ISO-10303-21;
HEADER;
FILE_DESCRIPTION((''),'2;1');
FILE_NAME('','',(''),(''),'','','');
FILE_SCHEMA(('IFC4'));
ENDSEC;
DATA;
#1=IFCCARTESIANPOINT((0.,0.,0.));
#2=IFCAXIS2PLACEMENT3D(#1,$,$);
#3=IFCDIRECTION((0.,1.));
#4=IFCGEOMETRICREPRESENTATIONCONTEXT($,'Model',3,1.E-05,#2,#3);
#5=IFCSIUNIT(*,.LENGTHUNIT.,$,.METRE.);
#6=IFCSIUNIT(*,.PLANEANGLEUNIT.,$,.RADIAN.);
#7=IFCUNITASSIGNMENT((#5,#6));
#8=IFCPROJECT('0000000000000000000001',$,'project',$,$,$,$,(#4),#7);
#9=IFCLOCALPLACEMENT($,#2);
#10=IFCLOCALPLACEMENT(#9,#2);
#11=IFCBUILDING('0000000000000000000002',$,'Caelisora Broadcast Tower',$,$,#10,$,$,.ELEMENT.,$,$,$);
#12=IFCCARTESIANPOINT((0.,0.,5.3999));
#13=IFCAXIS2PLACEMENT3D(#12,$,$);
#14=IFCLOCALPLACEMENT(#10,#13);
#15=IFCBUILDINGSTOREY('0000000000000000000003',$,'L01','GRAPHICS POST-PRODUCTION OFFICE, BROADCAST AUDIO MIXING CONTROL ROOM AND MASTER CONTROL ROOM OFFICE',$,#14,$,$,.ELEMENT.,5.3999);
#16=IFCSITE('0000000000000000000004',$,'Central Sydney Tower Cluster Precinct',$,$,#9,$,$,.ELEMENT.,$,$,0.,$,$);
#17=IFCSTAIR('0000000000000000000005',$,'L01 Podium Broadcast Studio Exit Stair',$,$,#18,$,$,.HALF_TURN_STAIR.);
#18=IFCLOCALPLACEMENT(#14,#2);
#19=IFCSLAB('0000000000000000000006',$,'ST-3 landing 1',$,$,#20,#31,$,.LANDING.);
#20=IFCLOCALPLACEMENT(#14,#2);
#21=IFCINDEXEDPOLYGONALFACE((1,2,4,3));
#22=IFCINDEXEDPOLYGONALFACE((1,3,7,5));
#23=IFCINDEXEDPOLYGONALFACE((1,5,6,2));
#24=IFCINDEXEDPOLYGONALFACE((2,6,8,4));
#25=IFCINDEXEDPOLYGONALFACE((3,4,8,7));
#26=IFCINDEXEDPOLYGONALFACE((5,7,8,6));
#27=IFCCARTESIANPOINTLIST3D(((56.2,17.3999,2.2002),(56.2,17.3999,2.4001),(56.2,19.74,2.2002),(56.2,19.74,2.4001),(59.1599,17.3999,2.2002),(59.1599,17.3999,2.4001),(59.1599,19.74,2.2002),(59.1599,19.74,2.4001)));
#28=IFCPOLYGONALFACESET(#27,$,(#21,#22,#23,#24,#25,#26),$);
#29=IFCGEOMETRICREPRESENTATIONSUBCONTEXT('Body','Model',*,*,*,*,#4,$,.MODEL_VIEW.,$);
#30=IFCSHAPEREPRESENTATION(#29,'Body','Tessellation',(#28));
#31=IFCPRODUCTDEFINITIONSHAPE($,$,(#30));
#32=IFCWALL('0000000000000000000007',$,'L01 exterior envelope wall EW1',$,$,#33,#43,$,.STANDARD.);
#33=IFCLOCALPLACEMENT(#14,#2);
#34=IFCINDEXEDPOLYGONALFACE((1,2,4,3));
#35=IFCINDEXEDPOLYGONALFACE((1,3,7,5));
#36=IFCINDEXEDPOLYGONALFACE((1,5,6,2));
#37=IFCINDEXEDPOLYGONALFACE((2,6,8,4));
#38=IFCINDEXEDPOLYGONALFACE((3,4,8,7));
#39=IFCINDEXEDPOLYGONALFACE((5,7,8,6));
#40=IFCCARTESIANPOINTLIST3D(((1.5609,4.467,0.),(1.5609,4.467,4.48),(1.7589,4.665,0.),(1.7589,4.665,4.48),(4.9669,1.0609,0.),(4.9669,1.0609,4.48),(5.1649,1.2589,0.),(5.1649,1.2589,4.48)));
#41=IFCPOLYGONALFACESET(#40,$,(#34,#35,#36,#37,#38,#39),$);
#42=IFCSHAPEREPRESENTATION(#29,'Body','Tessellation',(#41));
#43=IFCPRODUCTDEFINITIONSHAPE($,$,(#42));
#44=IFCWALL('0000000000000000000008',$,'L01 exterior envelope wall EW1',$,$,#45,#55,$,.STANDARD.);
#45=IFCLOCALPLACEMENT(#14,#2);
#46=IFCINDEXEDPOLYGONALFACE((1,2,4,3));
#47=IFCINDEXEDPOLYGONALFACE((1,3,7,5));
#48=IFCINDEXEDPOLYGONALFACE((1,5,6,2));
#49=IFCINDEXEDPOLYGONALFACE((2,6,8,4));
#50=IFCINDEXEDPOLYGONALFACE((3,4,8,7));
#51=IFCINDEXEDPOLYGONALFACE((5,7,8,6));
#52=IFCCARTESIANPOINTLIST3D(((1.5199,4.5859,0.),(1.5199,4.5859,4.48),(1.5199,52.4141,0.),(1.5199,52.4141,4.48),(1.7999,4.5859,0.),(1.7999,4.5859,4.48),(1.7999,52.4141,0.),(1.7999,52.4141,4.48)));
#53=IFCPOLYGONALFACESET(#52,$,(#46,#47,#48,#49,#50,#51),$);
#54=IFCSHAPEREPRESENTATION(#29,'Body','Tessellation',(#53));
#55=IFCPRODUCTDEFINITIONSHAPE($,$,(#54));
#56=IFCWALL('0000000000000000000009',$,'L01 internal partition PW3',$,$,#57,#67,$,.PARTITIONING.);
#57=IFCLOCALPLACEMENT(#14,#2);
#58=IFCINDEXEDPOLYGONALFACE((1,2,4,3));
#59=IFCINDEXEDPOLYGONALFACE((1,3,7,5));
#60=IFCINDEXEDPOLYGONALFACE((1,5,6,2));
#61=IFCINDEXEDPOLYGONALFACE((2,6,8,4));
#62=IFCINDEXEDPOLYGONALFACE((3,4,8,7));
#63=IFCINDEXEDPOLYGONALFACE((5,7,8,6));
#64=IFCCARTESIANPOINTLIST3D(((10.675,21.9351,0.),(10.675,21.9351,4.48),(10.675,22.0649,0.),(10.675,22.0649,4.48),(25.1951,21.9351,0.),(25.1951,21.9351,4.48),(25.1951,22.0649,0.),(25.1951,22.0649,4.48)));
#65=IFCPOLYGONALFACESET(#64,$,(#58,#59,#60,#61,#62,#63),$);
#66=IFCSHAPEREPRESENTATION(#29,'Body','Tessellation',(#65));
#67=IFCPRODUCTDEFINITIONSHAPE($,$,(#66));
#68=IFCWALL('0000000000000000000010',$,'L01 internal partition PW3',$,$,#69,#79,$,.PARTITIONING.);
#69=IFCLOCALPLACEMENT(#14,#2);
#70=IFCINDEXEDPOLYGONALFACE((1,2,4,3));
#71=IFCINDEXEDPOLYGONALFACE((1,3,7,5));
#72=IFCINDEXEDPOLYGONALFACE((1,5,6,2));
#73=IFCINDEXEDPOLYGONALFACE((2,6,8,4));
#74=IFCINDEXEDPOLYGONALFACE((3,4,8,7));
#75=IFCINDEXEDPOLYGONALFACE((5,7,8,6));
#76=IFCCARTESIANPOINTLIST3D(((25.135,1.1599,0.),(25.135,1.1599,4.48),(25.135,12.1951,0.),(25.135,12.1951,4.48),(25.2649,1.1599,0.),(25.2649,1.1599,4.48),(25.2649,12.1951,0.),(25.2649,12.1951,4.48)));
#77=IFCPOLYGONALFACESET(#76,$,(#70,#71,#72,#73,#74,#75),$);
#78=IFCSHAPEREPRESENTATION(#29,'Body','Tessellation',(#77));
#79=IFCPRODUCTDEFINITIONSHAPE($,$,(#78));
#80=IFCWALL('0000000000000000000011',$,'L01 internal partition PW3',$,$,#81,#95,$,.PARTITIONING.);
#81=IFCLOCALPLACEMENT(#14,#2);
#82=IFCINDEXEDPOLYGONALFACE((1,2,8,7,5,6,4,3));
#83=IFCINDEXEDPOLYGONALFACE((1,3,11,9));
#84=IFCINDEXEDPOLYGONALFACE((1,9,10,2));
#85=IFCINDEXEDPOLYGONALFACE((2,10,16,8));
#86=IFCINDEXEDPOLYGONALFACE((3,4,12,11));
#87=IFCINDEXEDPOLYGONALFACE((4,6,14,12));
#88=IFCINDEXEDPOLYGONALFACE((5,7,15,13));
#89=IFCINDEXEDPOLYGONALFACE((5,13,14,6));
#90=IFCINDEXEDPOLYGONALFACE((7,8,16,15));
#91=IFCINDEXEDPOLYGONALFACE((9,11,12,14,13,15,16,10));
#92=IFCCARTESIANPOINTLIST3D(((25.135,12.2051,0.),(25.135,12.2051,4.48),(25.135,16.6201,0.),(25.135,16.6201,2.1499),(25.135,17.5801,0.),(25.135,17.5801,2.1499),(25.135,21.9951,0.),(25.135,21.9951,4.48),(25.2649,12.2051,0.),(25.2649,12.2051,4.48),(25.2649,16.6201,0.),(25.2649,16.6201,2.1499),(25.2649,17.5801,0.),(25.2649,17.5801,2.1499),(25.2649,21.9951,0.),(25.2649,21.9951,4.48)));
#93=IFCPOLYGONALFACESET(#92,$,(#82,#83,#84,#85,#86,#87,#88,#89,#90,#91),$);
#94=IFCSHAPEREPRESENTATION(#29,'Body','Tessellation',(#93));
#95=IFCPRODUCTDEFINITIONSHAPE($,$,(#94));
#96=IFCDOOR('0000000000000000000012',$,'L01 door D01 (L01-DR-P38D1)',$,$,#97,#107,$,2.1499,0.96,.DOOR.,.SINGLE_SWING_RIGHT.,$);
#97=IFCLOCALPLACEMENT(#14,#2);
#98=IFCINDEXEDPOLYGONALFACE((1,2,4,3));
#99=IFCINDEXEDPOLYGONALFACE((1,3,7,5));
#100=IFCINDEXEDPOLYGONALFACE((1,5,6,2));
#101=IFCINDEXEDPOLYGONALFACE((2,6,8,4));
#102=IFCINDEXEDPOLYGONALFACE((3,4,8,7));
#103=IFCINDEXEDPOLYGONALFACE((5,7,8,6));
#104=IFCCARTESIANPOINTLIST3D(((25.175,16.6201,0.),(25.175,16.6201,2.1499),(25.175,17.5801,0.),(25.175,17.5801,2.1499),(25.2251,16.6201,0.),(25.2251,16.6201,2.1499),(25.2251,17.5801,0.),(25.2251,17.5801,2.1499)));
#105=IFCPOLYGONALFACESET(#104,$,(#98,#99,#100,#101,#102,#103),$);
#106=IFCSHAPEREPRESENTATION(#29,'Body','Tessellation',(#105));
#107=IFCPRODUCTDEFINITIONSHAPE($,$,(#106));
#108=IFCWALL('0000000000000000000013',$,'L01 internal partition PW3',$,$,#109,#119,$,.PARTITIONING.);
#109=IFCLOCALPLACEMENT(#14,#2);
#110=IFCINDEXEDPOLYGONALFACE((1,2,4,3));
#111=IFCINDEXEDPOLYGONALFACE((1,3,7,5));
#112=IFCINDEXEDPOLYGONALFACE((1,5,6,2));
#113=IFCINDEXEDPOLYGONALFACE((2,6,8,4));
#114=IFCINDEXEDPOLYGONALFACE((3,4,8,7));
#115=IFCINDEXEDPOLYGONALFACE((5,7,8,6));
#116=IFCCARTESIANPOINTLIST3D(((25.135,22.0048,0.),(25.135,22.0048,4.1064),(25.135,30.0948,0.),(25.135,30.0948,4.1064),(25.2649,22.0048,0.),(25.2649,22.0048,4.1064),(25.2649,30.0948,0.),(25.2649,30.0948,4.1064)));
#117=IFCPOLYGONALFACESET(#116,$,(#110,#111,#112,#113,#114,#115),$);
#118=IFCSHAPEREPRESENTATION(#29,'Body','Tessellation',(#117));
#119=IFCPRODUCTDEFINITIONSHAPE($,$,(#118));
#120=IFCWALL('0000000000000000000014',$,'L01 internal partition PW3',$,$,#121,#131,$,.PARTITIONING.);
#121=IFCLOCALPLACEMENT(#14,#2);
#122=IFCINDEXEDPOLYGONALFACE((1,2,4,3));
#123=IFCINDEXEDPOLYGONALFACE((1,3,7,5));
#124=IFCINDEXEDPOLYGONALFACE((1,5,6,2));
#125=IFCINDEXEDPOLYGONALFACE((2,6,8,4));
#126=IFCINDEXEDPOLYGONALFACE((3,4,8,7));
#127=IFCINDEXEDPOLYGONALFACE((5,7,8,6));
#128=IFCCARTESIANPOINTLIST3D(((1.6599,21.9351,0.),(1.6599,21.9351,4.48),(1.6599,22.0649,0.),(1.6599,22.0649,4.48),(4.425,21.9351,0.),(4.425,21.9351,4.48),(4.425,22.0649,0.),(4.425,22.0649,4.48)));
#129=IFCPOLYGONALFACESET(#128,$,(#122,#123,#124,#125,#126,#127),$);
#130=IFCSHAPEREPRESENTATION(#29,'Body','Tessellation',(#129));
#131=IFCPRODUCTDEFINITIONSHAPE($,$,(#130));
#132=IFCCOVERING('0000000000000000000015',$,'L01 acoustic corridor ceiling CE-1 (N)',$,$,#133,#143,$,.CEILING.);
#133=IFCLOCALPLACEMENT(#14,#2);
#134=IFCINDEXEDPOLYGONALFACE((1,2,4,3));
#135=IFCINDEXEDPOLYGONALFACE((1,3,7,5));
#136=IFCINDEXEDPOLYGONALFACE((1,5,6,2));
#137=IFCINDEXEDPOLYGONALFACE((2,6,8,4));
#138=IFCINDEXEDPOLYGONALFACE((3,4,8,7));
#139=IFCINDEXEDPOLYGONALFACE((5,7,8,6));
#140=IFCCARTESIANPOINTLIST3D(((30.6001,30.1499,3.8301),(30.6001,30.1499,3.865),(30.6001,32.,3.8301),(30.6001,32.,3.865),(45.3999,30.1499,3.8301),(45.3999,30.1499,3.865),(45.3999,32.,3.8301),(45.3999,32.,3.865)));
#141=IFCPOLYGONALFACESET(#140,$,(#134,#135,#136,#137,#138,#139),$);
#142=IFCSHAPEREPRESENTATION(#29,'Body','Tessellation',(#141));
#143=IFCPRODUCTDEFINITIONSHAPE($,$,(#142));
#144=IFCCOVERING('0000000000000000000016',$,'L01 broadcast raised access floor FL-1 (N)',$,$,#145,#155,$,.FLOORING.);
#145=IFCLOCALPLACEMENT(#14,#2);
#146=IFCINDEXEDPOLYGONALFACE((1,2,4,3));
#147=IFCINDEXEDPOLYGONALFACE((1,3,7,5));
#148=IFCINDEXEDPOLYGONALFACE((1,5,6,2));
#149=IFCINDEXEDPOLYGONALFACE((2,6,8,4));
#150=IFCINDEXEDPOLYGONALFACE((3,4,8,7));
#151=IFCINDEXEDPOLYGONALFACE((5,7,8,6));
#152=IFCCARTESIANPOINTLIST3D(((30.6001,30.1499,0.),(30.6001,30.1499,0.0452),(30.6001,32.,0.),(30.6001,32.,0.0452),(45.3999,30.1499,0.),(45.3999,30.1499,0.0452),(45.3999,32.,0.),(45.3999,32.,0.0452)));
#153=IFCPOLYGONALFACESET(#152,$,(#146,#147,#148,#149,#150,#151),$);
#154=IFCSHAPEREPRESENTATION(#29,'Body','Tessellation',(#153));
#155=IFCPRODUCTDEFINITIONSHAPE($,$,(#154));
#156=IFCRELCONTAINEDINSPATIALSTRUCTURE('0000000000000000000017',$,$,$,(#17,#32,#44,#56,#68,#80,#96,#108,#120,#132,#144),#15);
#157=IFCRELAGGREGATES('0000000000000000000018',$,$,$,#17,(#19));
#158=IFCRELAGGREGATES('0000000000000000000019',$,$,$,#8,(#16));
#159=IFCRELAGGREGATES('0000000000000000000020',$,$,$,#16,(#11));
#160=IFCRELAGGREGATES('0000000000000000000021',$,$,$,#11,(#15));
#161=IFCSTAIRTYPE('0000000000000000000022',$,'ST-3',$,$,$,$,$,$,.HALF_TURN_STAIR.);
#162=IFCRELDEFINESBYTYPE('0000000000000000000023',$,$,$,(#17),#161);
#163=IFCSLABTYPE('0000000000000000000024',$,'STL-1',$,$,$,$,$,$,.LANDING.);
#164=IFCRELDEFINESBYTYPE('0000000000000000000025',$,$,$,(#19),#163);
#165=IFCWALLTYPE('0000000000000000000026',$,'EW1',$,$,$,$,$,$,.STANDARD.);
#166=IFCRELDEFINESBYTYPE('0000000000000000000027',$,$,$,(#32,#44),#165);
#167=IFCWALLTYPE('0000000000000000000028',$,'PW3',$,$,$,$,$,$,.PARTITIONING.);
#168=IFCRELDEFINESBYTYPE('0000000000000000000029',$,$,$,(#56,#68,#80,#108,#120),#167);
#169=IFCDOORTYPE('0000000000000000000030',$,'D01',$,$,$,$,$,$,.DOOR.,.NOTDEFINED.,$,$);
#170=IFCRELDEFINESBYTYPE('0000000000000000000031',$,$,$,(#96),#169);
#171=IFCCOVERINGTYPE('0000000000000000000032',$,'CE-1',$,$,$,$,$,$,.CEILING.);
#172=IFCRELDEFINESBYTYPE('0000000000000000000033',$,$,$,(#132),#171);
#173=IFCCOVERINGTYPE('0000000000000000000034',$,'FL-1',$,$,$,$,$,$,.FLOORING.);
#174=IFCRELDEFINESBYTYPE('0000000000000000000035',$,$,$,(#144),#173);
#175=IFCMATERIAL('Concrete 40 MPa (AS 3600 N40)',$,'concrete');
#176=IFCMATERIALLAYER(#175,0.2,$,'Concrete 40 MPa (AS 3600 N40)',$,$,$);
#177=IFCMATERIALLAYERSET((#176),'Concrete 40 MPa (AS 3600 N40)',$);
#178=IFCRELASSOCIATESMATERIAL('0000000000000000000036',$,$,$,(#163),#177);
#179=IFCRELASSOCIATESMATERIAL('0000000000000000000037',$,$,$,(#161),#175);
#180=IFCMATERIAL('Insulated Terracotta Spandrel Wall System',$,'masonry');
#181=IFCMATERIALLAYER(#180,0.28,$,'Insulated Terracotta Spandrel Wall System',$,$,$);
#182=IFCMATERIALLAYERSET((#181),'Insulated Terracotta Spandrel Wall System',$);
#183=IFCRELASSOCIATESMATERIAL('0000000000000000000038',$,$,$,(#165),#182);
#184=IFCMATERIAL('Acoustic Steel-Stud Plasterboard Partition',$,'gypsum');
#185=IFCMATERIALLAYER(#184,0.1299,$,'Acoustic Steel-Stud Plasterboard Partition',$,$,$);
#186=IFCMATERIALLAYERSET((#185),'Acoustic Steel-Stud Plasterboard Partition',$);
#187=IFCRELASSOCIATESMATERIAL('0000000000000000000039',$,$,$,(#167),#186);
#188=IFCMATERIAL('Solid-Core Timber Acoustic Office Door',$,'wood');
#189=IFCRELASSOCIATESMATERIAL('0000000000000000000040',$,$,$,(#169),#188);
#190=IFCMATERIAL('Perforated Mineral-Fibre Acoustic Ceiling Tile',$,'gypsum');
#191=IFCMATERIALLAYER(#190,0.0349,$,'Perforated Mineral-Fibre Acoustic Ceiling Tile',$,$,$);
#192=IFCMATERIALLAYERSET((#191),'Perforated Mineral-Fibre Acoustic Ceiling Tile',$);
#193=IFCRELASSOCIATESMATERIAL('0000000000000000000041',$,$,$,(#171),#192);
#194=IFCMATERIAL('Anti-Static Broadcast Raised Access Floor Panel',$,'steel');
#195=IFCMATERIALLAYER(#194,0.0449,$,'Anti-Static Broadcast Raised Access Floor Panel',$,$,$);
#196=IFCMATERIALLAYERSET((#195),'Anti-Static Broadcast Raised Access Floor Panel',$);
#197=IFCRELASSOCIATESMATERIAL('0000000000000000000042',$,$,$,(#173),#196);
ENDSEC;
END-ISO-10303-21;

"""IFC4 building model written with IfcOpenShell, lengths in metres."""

from ifc_helpers import new_model, si_unit, direction, frame, frame_2d, origin, place, context, subcontext, project, spatial, polyline, rectangle, outline, extrude, material, layer, layer_set, type_object, element, fill, aggregate, save


model = new_model("IFC4")

# Units and contexts
model_context = context("Model", 3, precision=1e-05, world=origin(), true_north=direction((0.0, 1.0)))
body_context = subcontext(model_context, "Body", "Model", "MODEL_VIEW")
ifc_project = project(units=[si_unit("LENGTHUNIT", "METRE"), si_unit("PLANEANGLEUNIT", "RADIAN")], contexts=[model_context])

# Site, building, storey
site_placement = place(None, origin())
site = spatial("IfcSite", under=ifc_project, at=site_placement, Name="Central Sydney Tower Cluster Precinct", CompositionType="ELEMENT", RefElevation=0.0)
building_placement = place(site_placement, origin())
building = spatial("IfcBuilding", under=site, at=building_placement, Name="Caelisora Broadcast Tower", CompositionType="ELEMENT")
storey_placement = place(building_placement, frame((0.0, 0.0, 5.3999)))
storey = spatial("IfcBuildingStorey", under=building, at=storey_placement, Name="L01", Description="GRAPHICS POST-PRODUCTION OFFICE, BROADCAST AUDIO MIXING CONTROL ROOM AND MASTER CONTROL ROOM OFFICE", CompositionType="ELEMENT", Elevation=5.3999)

# Shared definitions
ifc_material_1 = material(Name="Concrete 40 MPa (AS 3600 N40)", Category="concrete")

# Stair, slab
ifc_layer_1 = layer(ifc_material_1, 0.2, Name="Concrete 40 MPa (AS 3600 N40)")
ifc_layer_set_1 = layer_set([ifc_layer_1], Name="Concrete 40 MPa (AS 3600 N40)")
slab_type_1 = type_object("IfcSlabType", Name="STL-1", PredefinedType="LANDING", material=ifc_layer_set_1)
stair_type_1 = type_object("IfcStairType", Name="ST-3", PredefinedType="HALF_TURN_STAIR", material=ifc_material_1)
stair_1_placement = place(storey_placement, origin())
stair_1 = element("IfcStair", 1, at=stair_1_placement, inside=storey, type_object=stair_type_1, Name="L01 Podium Broadcast Studio Exit Stair", PredefinedType="HALF_TURN_STAIR")
slab_1_placement = place(storey_placement, frame((0.0, 0.0, 2.2002)))
slab_1 = element("IfcSlab", 2, at=slab_1_placement, type_object=slab_type_1, Name="ST-3 landing 1", PredefinedType="LANDING", context=body_context, shape_type="SweptSolid", body=[
    extrude(outline(polyline([(56.2, 19.74), (56.2, 17.3999), (59.1599, 17.3999), (59.1599, 19.74), (56.2, 19.74)])), origin(), (0.0, 0.0, 1.0), 0.2),
])
aggregate(stair_1, [slab_1])

# Walls
ifc_material_2 = material(Name="Insulated Terracotta Spandrel Wall System", Category="masonry")
ifc_layer_2 = layer(ifc_material_2, 0.28, Name="Insulated Terracotta Spandrel Wall System")
ifc_layer_set_2 = layer_set([ifc_layer_2], Name="Insulated Terracotta Spandrel Wall System")
wall_type_1 = type_object("IfcWallType", Name="EW1", PredefinedType="STANDARD", material=ifc_layer_set_2)
wall_1_placement = place(storey_placement, frame((5.0659, 1.1599, 0.0), z_axis=(0.0, 0.0, 1.0), x_axis=(-0.707107, 0.707107, 0.0)))
element("IfcWall", 3, at=wall_1_placement, inside=storey, type_object=wall_type_1, Name="L01 exterior envelope wall EW1", PredefinedType="STANDARD", context=body_context, shape_type="SweptSolid", body=[
    extrude(rectangle(XDim=4.8169, YDim=0.28, at=frame_2d((2.4084, 0.0))), origin(), (0.0, 0.0, 1.0), 4.48),
])
wall_2_placement = place(storey_placement, frame((1.6599, 4.5859, 0.0), z_axis=(0.0, 0.0, 1.0), x_axis=(0.0, 1.0, 0.0)))
element("IfcWall", 4, at=wall_2_placement, inside=storey, type_object=wall_type_1, Name="L01 exterior envelope wall EW1", PredefinedType="STANDARD", context=body_context, shape_type="SweptSolid", body=[
    extrude(rectangle(XDim=47.8281, YDim=0.28, at=frame_2d((23.9141, 0.0))), origin(), (0.0, 0.0, 1.0), 4.48),
])
ifc_material_3 = material(Name="Acoustic Steel-Stud Plasterboard Partition", Category="gypsum")
ifc_layer_3 = layer(ifc_material_3, 0.1299, Name="Acoustic Steel-Stud Plasterboard Partition")
ifc_layer_set_3 = layer_set([ifc_layer_3], Name="Acoustic Steel-Stud Plasterboard Partition")
wall_type_2 = type_object("IfcWallType", Name="PW3", PredefinedType="PARTITIONING", material=ifc_layer_set_3)
wall_3_placement = place(storey_placement, frame((10.675, 22.0, 0.0), z_axis=(0.0, 0.0, 1.0), x_axis=(1.0, 0.0, 0.0)))
element("IfcWall", 5, at=wall_3_placement, inside=storey, type_object=wall_type_2, Name="L01 internal partition PW3", PredefinedType="PARTITIONING", context=body_context, shape_type="SweptSolid", body=[
    extrude(rectangle(XDim=14.52, YDim=0.1299, at=frame_2d((7.26, 0.0))), origin(), (0.0, 0.0, 1.0), 4.48),
])
wall_4_placement = place(storey_placement, frame((25.2, 1.1599, 0.0), z_axis=(0.0, 0.0, 1.0), x_axis=(0.0, 1.0, 0.0)))
element("IfcWall", 6, at=wall_4_placement, inside=storey, type_object=wall_type_2, Name="L01 internal partition PW3", PredefinedType="PARTITIONING", context=body_context, shape_type="SweptSolid", body=[
    extrude(rectangle(XDim=11.0352, YDim=0.1299, at=frame_2d((5.5176, 0.0))), origin(), (0.0, 0.0, 1.0), 4.48),
])

# Wall, opening, door
wall_5_placement = place(storey_placement, frame((25.2, 12.2051, 0.0), z_axis=(0.0, 0.0, 1.0), x_axis=(0.0, 1.0, 0.0)))
wall_5 = element("IfcWall", 7, at=wall_5_placement, inside=storey, type_object=wall_type_2, Name="L01 internal partition PW3", PredefinedType="PARTITIONING", context=body_context, shape_type="SweptSolid", body=[
    extrude(rectangle(XDim=9.79, YDim=0.1299, at=frame_2d((4.895, 0.0))), origin(), (0.0, 0.0, 1.0), 4.48),
])
opening_placement = place(wall_5_placement, frame((4.415, 0.0, 0.0)))
opening = element("IfcOpeningElement", 8, at=opening_placement, cuts=wall_5, PredefinedType="OPENING", context=body_context, shape_type="SweptSolid", body=[
    extrude(rectangle(XDim=0.96, YDim=2.1499, at=frame_2d((0.48, 1.075))), frame((0.0, 0.0769, 0.0), z_axis=(0.0, -1.0, 0.0), x_axis=(1.0, 0.0, 0.0)), (0.0, 0.0, 1.0), 0.1538),
])
ifc_material_4 = material(Name="Solid-Core Timber Acoustic Office Door", Category="wood")
door_type = type_object("IfcDoorType", Name="D01", OperationType="NOTDEFINED", PredefinedType="DOOR", material=ifc_material_4)
door_placement = place(opening_placement, origin())
door = element("IfcDoor", 9, at=door_placement, inside=storey, type_object=door_type, Name="L01 door D01 (L01-DR-P38D1)", OperationType="SINGLE_SWING_RIGHT", OverallHeight=2.1499, OverallWidth=0.96, PredefinedType="DOOR", context=body_context, shape_type="SweptSolid", body=[
    extrude(rectangle(XDim=0.96, YDim=2.1499, at=frame_2d((0.48, 1.075))), frame((0.0, 0.0249, 0.0), z_axis=(0.0, -1.0, 0.0), x_axis=(1.0, 0.0, 0.0)), (0.0, 0.0, 1.0), 0.05),
])
fill(opening, door)

# Walls
wall_6_placement = place(storey_placement, frame((25.2, 22.0049, 0.0), z_axis=(0.0, 0.0, 1.0), x_axis=(0.0, 1.0, 0.0)))
element("IfcWall", 10, at=wall_6_placement, inside=storey, type_object=wall_type_2, Name="L01 internal partition PW3", PredefinedType="PARTITIONING", context=body_context, shape_type="SweptSolid", body=[
    extrude(rectangle(XDim=8.0901, YDim=0.1299, at=frame_2d((4.0449, 0.0))), origin(), (0.0, 0.0, 1.0), 4.1064),
])
wall_7_placement = place(storey_placement, frame((1.6599, 22.0, 0.0), z_axis=(0.0, 0.0, 1.0), x_axis=(1.0, 0.0, 0.0)))
element("IfcWall", 11, at=wall_7_placement, inside=storey, type_object=wall_type_2, Name="L01 internal partition PW3", PredefinedType="PARTITIONING", context=body_context, shape_type="SweptSolid", body=[
    extrude(rectangle(XDim=2.7651, YDim=0.1299, at=frame_2d((1.3826, 0.0))), origin(), (0.0, 0.0, 1.0), 4.48),
])

# Coverings
ifc_material_5 = material(Name="Perforated Mineral-Fibre Acoustic Ceiling Tile", Category="gypsum")
ifc_layer_4 = layer(ifc_material_5, 0.0349, Name="Perforated Mineral-Fibre Acoustic Ceiling Tile")
ifc_layer_set_4 = layer_set([ifc_layer_4], Name="Perforated Mineral-Fibre Acoustic Ceiling Tile")
covering_type_1 = type_object("IfcCoveringType", Name="CE-1", PredefinedType="CEILING", material=ifc_layer_set_4)
covering_1_placement = place(storey_placement, frame((0.0, 0.0, 3.8301)))
element("IfcCovering", 12, at=covering_1_placement, inside=storey, type_object=covering_type_1, Name="L01 acoustic corridor ceiling CE-1 (N)", PredefinedType="CEILING", context=body_context, shape_type="SweptSolid", body=[
    extrude(outline(polyline([(30.6001, 30.1499), (45.3999, 30.1499), (45.3999, 32.0), (30.6001, 32.0), (30.6001, 30.1499)])), origin(), (0.0, 0.0, 1.0), 0.0349),
])
ifc_material_6 = material(Name="Anti-Static Broadcast Raised Access Floor Panel", Category="steel")
ifc_layer_5 = layer(ifc_material_6, 0.0449, Name="Anti-Static Broadcast Raised Access Floor Panel")
ifc_layer_set_5 = layer_set([ifc_layer_5], Name="Anti-Static Broadcast Raised Access Floor Panel")
covering_type_2 = type_object("IfcCoveringType", Name="FL-1", PredefinedType="FLOORING", material=ifc_layer_set_5)
covering_2_placement = place(storey_placement, origin())
element("IfcCovering", 13, at=covering_2_placement, inside=storey, type_object=covering_type_2, Name="L01 broadcast raised access floor FL-1 (N)", PredefinedType="FLOORING", context=body_context, shape_type="SweptSolid", body=[
    extrude(outline(polyline([(30.6001, 30.1499), (45.3999, 30.1499), (45.3999, 32.0), (30.6001, 32.0), (30.6001, 30.1499)])), origin(), (0.0, 0.0, 1.0), 0.0452),
])

save(model, "model.ifc")
